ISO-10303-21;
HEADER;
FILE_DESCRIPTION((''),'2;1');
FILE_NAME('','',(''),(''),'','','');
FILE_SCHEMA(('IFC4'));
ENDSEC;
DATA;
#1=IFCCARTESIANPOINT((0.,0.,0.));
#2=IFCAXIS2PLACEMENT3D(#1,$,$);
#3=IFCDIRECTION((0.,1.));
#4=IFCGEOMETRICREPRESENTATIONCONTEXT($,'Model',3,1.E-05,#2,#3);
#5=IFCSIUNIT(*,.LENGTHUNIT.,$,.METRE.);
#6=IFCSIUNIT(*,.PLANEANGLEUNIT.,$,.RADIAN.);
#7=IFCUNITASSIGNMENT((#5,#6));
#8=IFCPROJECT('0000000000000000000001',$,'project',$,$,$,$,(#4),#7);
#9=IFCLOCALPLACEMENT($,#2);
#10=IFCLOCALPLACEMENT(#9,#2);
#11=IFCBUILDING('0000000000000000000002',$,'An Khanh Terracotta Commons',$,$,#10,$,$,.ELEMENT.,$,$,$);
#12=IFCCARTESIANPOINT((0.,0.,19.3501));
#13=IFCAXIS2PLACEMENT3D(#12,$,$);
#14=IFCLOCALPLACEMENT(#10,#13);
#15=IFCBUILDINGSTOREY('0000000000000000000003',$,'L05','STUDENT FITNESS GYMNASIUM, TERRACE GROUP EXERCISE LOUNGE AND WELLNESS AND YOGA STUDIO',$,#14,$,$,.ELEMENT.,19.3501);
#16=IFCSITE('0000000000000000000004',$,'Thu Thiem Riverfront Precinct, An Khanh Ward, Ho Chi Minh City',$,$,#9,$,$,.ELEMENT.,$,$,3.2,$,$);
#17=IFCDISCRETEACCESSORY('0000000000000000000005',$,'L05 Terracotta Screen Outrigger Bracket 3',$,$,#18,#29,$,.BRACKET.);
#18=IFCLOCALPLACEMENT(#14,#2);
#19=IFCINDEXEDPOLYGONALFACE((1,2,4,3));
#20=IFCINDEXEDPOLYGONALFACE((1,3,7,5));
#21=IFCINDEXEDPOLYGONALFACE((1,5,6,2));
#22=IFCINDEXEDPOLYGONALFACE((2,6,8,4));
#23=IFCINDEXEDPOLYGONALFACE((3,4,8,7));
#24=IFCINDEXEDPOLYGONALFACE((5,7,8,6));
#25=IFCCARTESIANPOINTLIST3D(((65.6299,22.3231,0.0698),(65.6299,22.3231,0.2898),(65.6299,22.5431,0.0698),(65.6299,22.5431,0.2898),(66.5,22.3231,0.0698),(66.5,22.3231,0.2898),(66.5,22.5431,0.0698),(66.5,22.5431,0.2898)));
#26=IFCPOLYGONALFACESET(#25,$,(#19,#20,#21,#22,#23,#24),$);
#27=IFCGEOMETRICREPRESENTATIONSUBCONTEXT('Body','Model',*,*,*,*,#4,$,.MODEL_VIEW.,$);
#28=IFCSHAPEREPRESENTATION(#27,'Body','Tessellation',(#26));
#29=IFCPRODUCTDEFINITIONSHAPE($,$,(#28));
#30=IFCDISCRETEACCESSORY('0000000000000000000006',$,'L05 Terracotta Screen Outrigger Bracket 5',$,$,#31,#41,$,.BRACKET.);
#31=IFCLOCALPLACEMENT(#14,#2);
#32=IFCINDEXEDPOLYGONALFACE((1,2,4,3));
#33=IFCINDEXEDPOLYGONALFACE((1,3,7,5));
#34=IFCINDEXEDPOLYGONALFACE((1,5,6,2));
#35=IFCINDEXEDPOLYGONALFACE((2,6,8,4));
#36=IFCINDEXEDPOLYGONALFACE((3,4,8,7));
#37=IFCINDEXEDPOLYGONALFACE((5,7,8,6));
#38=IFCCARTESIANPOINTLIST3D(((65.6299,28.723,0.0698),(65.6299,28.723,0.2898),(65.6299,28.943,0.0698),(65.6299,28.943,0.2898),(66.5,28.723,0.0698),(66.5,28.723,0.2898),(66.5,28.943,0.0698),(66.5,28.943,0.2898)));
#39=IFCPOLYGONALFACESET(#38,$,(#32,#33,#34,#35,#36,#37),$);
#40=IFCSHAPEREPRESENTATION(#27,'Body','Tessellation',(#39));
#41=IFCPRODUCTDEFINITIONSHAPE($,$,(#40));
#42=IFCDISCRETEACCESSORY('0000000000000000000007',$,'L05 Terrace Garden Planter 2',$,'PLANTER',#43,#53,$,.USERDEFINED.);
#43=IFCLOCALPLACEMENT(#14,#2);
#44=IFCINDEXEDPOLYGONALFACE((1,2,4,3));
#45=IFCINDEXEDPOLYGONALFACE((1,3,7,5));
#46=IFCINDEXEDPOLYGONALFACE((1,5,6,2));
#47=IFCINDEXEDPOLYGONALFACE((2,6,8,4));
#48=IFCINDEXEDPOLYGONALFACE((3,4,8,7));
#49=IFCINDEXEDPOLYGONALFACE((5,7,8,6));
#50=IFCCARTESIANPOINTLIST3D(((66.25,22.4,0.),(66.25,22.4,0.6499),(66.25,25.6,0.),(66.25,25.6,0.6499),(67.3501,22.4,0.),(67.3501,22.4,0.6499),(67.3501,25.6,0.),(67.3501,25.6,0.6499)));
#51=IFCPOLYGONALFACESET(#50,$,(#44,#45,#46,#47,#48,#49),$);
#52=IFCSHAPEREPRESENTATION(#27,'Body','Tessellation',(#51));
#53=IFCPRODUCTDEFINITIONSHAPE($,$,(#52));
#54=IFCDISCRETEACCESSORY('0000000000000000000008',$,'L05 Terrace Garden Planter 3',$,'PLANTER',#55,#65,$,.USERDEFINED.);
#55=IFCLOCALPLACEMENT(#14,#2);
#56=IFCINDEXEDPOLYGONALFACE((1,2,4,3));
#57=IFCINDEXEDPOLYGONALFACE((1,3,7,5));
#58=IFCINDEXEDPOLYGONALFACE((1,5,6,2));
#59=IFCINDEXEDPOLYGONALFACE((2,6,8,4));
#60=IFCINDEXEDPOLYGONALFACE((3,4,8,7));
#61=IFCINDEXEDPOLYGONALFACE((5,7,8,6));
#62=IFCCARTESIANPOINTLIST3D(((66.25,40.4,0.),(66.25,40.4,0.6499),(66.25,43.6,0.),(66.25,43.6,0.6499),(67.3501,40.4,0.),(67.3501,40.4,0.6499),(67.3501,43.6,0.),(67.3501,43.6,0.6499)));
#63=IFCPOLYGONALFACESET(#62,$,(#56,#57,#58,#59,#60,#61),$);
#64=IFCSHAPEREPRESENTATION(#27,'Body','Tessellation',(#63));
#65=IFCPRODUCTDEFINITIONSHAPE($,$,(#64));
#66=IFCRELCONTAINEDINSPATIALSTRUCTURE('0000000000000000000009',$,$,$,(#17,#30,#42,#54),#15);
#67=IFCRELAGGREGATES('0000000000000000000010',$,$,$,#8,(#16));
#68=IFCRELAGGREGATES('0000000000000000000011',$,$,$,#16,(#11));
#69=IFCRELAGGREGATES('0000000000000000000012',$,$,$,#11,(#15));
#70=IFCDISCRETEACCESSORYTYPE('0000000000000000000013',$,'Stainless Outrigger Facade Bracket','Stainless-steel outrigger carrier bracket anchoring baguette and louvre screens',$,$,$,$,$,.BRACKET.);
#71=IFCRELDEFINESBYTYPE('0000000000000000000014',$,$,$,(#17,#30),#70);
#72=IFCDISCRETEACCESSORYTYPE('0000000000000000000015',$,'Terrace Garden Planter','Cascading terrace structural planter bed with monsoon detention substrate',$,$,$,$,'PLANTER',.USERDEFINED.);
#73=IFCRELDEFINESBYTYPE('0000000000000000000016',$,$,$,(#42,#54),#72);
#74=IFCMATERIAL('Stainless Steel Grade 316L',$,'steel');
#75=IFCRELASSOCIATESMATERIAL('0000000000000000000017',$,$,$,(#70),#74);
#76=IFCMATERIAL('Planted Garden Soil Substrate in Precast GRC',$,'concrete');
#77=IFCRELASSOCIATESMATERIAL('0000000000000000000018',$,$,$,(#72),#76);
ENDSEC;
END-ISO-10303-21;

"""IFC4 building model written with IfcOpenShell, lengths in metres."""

from ifc_helpers import new_model, si_unit, direction, frame, origin, origin_2d, place, context, subcontext, project, spatial, rectangle, extrude, material, type_object, element, save


model = new_model("IFC4")

# Units and contexts
model_context = context("Model", 3, precision=1e-05, world=origin(), true_north=direction((0.0, 1.0)))
body_context = subcontext(model_context, "Body", "Model", "MODEL_VIEW")
ifc_project = project(units=[si_unit("LENGTHUNIT", "METRE"), si_unit("PLANEANGLEUNIT", "RADIAN")], contexts=[model_context])

# Site, building, storey
site_placement = place(None, origin())
site = spatial("IfcSite", under=ifc_project, at=site_placement, Name="Thu Thiem Riverfront Precinct, An Khanh Ward, Ho Chi Minh City", CompositionType="ELEMENT", RefElevation=3.2)
building_placement = place(site_placement, origin())
building = spatial("IfcBuilding", under=site, at=building_placement, Name="An Khanh Terracotta Commons", CompositionType="ELEMENT")
storey_placement = place(building_placement, frame((0.0, 0.0, 19.3501)))
storey = spatial("IfcBuildingStorey", under=building, at=storey_placement, Name="L05", Description="STUDENT FITNESS GYMNASIUM, TERRACE GROUP EXERCISE LOUNGE AND WELLNESS AND YOGA STUDIO", CompositionType="ELEMENT", Elevation=19.3501)

# Discrete accessories
ifc_material_1 = material(Name="Stainless Steel Grade 316L", Category="steel")
discrete_accessory_type_1 = type_object("IfcDiscreteAccessoryType", Name="Stainless Outrigger Facade Bracket", Description="Stainless-steel outrigger carrier bracket anchoring baguette and louvre screens", PredefinedType="BRACKET", material=ifc_material_1)
for number, where, z_axis, x_axis, name in (
    (1, (66.0649, 22.4331, 0.0698), (0.0, 0.0, 1.0), (0.0, 1.0, 0.0), "L05 Terracotta Screen Outrigger Bracket 3"),
    (2, (66.0649, 28.833, 0.0698), (0.0, 0.0, 1.0), (0.0, 1.0, 0.0), "L05 Terracotta Screen Outrigger Bracket 5"),
):
    element("IfcDiscreteAccessory", number, at=place(storey_placement, frame(where, z_axis=z_axis, x_axis=x_axis)), inside=storey, type_object=discrete_accessory_type_1, Name=name, PredefinedType="BRACKET", context=body_context, shape_type="SweptSolid", body=[
        extrude(rectangle(XDim=0.22, YDim=0.8701, at=origin_2d()), origin(), (0.0, 0.0, 1.0), 0.22),
    ])
ifc_material_2 = material(Name="Planted Garden Soil Substrate in Precast GRC", Category="concrete")
discrete_accessory_type_2 = type_object("IfcDiscreteAccessoryType", Name="Terrace Garden Planter", Description="Cascading terrace structural planter bed with monsoon detention substrate", ElementType="PLANTER", PredefinedType="USERDEFINED", material=ifc_material_2)
for number, where, z_axis, x_axis, name in (
    (3, (66.8, 24.0, 0.0), (0.0, 0.0, 1.0), (1.0, 0.0, 0.0), "L05 Terrace Garden Planter 2"),
    (4, (66.8, 42.0, 0.0), (0.0, 0.0, 1.0), (1.0, 0.0, 0.0), "L05 Terrace Garden Planter 3"),
):
    element("IfcDiscreteAccessory", number, at=place(storey_placement, frame(where, z_axis=z_axis, x_axis=x_axis)), inside=storey, type_object=discrete_accessory_type_2, Name=name, ObjectType="PLANTER", PredefinedType="USERDEFINED", context=body_context, shape_type="SweptSolid", body=[
        extrude(rectangle(XDim=1.1001, YDim=3.2, at=origin_2d()), origin(), (0.0, 0.0, 1.0), 0.6499),
    ])

save(model, "model.ifc")
